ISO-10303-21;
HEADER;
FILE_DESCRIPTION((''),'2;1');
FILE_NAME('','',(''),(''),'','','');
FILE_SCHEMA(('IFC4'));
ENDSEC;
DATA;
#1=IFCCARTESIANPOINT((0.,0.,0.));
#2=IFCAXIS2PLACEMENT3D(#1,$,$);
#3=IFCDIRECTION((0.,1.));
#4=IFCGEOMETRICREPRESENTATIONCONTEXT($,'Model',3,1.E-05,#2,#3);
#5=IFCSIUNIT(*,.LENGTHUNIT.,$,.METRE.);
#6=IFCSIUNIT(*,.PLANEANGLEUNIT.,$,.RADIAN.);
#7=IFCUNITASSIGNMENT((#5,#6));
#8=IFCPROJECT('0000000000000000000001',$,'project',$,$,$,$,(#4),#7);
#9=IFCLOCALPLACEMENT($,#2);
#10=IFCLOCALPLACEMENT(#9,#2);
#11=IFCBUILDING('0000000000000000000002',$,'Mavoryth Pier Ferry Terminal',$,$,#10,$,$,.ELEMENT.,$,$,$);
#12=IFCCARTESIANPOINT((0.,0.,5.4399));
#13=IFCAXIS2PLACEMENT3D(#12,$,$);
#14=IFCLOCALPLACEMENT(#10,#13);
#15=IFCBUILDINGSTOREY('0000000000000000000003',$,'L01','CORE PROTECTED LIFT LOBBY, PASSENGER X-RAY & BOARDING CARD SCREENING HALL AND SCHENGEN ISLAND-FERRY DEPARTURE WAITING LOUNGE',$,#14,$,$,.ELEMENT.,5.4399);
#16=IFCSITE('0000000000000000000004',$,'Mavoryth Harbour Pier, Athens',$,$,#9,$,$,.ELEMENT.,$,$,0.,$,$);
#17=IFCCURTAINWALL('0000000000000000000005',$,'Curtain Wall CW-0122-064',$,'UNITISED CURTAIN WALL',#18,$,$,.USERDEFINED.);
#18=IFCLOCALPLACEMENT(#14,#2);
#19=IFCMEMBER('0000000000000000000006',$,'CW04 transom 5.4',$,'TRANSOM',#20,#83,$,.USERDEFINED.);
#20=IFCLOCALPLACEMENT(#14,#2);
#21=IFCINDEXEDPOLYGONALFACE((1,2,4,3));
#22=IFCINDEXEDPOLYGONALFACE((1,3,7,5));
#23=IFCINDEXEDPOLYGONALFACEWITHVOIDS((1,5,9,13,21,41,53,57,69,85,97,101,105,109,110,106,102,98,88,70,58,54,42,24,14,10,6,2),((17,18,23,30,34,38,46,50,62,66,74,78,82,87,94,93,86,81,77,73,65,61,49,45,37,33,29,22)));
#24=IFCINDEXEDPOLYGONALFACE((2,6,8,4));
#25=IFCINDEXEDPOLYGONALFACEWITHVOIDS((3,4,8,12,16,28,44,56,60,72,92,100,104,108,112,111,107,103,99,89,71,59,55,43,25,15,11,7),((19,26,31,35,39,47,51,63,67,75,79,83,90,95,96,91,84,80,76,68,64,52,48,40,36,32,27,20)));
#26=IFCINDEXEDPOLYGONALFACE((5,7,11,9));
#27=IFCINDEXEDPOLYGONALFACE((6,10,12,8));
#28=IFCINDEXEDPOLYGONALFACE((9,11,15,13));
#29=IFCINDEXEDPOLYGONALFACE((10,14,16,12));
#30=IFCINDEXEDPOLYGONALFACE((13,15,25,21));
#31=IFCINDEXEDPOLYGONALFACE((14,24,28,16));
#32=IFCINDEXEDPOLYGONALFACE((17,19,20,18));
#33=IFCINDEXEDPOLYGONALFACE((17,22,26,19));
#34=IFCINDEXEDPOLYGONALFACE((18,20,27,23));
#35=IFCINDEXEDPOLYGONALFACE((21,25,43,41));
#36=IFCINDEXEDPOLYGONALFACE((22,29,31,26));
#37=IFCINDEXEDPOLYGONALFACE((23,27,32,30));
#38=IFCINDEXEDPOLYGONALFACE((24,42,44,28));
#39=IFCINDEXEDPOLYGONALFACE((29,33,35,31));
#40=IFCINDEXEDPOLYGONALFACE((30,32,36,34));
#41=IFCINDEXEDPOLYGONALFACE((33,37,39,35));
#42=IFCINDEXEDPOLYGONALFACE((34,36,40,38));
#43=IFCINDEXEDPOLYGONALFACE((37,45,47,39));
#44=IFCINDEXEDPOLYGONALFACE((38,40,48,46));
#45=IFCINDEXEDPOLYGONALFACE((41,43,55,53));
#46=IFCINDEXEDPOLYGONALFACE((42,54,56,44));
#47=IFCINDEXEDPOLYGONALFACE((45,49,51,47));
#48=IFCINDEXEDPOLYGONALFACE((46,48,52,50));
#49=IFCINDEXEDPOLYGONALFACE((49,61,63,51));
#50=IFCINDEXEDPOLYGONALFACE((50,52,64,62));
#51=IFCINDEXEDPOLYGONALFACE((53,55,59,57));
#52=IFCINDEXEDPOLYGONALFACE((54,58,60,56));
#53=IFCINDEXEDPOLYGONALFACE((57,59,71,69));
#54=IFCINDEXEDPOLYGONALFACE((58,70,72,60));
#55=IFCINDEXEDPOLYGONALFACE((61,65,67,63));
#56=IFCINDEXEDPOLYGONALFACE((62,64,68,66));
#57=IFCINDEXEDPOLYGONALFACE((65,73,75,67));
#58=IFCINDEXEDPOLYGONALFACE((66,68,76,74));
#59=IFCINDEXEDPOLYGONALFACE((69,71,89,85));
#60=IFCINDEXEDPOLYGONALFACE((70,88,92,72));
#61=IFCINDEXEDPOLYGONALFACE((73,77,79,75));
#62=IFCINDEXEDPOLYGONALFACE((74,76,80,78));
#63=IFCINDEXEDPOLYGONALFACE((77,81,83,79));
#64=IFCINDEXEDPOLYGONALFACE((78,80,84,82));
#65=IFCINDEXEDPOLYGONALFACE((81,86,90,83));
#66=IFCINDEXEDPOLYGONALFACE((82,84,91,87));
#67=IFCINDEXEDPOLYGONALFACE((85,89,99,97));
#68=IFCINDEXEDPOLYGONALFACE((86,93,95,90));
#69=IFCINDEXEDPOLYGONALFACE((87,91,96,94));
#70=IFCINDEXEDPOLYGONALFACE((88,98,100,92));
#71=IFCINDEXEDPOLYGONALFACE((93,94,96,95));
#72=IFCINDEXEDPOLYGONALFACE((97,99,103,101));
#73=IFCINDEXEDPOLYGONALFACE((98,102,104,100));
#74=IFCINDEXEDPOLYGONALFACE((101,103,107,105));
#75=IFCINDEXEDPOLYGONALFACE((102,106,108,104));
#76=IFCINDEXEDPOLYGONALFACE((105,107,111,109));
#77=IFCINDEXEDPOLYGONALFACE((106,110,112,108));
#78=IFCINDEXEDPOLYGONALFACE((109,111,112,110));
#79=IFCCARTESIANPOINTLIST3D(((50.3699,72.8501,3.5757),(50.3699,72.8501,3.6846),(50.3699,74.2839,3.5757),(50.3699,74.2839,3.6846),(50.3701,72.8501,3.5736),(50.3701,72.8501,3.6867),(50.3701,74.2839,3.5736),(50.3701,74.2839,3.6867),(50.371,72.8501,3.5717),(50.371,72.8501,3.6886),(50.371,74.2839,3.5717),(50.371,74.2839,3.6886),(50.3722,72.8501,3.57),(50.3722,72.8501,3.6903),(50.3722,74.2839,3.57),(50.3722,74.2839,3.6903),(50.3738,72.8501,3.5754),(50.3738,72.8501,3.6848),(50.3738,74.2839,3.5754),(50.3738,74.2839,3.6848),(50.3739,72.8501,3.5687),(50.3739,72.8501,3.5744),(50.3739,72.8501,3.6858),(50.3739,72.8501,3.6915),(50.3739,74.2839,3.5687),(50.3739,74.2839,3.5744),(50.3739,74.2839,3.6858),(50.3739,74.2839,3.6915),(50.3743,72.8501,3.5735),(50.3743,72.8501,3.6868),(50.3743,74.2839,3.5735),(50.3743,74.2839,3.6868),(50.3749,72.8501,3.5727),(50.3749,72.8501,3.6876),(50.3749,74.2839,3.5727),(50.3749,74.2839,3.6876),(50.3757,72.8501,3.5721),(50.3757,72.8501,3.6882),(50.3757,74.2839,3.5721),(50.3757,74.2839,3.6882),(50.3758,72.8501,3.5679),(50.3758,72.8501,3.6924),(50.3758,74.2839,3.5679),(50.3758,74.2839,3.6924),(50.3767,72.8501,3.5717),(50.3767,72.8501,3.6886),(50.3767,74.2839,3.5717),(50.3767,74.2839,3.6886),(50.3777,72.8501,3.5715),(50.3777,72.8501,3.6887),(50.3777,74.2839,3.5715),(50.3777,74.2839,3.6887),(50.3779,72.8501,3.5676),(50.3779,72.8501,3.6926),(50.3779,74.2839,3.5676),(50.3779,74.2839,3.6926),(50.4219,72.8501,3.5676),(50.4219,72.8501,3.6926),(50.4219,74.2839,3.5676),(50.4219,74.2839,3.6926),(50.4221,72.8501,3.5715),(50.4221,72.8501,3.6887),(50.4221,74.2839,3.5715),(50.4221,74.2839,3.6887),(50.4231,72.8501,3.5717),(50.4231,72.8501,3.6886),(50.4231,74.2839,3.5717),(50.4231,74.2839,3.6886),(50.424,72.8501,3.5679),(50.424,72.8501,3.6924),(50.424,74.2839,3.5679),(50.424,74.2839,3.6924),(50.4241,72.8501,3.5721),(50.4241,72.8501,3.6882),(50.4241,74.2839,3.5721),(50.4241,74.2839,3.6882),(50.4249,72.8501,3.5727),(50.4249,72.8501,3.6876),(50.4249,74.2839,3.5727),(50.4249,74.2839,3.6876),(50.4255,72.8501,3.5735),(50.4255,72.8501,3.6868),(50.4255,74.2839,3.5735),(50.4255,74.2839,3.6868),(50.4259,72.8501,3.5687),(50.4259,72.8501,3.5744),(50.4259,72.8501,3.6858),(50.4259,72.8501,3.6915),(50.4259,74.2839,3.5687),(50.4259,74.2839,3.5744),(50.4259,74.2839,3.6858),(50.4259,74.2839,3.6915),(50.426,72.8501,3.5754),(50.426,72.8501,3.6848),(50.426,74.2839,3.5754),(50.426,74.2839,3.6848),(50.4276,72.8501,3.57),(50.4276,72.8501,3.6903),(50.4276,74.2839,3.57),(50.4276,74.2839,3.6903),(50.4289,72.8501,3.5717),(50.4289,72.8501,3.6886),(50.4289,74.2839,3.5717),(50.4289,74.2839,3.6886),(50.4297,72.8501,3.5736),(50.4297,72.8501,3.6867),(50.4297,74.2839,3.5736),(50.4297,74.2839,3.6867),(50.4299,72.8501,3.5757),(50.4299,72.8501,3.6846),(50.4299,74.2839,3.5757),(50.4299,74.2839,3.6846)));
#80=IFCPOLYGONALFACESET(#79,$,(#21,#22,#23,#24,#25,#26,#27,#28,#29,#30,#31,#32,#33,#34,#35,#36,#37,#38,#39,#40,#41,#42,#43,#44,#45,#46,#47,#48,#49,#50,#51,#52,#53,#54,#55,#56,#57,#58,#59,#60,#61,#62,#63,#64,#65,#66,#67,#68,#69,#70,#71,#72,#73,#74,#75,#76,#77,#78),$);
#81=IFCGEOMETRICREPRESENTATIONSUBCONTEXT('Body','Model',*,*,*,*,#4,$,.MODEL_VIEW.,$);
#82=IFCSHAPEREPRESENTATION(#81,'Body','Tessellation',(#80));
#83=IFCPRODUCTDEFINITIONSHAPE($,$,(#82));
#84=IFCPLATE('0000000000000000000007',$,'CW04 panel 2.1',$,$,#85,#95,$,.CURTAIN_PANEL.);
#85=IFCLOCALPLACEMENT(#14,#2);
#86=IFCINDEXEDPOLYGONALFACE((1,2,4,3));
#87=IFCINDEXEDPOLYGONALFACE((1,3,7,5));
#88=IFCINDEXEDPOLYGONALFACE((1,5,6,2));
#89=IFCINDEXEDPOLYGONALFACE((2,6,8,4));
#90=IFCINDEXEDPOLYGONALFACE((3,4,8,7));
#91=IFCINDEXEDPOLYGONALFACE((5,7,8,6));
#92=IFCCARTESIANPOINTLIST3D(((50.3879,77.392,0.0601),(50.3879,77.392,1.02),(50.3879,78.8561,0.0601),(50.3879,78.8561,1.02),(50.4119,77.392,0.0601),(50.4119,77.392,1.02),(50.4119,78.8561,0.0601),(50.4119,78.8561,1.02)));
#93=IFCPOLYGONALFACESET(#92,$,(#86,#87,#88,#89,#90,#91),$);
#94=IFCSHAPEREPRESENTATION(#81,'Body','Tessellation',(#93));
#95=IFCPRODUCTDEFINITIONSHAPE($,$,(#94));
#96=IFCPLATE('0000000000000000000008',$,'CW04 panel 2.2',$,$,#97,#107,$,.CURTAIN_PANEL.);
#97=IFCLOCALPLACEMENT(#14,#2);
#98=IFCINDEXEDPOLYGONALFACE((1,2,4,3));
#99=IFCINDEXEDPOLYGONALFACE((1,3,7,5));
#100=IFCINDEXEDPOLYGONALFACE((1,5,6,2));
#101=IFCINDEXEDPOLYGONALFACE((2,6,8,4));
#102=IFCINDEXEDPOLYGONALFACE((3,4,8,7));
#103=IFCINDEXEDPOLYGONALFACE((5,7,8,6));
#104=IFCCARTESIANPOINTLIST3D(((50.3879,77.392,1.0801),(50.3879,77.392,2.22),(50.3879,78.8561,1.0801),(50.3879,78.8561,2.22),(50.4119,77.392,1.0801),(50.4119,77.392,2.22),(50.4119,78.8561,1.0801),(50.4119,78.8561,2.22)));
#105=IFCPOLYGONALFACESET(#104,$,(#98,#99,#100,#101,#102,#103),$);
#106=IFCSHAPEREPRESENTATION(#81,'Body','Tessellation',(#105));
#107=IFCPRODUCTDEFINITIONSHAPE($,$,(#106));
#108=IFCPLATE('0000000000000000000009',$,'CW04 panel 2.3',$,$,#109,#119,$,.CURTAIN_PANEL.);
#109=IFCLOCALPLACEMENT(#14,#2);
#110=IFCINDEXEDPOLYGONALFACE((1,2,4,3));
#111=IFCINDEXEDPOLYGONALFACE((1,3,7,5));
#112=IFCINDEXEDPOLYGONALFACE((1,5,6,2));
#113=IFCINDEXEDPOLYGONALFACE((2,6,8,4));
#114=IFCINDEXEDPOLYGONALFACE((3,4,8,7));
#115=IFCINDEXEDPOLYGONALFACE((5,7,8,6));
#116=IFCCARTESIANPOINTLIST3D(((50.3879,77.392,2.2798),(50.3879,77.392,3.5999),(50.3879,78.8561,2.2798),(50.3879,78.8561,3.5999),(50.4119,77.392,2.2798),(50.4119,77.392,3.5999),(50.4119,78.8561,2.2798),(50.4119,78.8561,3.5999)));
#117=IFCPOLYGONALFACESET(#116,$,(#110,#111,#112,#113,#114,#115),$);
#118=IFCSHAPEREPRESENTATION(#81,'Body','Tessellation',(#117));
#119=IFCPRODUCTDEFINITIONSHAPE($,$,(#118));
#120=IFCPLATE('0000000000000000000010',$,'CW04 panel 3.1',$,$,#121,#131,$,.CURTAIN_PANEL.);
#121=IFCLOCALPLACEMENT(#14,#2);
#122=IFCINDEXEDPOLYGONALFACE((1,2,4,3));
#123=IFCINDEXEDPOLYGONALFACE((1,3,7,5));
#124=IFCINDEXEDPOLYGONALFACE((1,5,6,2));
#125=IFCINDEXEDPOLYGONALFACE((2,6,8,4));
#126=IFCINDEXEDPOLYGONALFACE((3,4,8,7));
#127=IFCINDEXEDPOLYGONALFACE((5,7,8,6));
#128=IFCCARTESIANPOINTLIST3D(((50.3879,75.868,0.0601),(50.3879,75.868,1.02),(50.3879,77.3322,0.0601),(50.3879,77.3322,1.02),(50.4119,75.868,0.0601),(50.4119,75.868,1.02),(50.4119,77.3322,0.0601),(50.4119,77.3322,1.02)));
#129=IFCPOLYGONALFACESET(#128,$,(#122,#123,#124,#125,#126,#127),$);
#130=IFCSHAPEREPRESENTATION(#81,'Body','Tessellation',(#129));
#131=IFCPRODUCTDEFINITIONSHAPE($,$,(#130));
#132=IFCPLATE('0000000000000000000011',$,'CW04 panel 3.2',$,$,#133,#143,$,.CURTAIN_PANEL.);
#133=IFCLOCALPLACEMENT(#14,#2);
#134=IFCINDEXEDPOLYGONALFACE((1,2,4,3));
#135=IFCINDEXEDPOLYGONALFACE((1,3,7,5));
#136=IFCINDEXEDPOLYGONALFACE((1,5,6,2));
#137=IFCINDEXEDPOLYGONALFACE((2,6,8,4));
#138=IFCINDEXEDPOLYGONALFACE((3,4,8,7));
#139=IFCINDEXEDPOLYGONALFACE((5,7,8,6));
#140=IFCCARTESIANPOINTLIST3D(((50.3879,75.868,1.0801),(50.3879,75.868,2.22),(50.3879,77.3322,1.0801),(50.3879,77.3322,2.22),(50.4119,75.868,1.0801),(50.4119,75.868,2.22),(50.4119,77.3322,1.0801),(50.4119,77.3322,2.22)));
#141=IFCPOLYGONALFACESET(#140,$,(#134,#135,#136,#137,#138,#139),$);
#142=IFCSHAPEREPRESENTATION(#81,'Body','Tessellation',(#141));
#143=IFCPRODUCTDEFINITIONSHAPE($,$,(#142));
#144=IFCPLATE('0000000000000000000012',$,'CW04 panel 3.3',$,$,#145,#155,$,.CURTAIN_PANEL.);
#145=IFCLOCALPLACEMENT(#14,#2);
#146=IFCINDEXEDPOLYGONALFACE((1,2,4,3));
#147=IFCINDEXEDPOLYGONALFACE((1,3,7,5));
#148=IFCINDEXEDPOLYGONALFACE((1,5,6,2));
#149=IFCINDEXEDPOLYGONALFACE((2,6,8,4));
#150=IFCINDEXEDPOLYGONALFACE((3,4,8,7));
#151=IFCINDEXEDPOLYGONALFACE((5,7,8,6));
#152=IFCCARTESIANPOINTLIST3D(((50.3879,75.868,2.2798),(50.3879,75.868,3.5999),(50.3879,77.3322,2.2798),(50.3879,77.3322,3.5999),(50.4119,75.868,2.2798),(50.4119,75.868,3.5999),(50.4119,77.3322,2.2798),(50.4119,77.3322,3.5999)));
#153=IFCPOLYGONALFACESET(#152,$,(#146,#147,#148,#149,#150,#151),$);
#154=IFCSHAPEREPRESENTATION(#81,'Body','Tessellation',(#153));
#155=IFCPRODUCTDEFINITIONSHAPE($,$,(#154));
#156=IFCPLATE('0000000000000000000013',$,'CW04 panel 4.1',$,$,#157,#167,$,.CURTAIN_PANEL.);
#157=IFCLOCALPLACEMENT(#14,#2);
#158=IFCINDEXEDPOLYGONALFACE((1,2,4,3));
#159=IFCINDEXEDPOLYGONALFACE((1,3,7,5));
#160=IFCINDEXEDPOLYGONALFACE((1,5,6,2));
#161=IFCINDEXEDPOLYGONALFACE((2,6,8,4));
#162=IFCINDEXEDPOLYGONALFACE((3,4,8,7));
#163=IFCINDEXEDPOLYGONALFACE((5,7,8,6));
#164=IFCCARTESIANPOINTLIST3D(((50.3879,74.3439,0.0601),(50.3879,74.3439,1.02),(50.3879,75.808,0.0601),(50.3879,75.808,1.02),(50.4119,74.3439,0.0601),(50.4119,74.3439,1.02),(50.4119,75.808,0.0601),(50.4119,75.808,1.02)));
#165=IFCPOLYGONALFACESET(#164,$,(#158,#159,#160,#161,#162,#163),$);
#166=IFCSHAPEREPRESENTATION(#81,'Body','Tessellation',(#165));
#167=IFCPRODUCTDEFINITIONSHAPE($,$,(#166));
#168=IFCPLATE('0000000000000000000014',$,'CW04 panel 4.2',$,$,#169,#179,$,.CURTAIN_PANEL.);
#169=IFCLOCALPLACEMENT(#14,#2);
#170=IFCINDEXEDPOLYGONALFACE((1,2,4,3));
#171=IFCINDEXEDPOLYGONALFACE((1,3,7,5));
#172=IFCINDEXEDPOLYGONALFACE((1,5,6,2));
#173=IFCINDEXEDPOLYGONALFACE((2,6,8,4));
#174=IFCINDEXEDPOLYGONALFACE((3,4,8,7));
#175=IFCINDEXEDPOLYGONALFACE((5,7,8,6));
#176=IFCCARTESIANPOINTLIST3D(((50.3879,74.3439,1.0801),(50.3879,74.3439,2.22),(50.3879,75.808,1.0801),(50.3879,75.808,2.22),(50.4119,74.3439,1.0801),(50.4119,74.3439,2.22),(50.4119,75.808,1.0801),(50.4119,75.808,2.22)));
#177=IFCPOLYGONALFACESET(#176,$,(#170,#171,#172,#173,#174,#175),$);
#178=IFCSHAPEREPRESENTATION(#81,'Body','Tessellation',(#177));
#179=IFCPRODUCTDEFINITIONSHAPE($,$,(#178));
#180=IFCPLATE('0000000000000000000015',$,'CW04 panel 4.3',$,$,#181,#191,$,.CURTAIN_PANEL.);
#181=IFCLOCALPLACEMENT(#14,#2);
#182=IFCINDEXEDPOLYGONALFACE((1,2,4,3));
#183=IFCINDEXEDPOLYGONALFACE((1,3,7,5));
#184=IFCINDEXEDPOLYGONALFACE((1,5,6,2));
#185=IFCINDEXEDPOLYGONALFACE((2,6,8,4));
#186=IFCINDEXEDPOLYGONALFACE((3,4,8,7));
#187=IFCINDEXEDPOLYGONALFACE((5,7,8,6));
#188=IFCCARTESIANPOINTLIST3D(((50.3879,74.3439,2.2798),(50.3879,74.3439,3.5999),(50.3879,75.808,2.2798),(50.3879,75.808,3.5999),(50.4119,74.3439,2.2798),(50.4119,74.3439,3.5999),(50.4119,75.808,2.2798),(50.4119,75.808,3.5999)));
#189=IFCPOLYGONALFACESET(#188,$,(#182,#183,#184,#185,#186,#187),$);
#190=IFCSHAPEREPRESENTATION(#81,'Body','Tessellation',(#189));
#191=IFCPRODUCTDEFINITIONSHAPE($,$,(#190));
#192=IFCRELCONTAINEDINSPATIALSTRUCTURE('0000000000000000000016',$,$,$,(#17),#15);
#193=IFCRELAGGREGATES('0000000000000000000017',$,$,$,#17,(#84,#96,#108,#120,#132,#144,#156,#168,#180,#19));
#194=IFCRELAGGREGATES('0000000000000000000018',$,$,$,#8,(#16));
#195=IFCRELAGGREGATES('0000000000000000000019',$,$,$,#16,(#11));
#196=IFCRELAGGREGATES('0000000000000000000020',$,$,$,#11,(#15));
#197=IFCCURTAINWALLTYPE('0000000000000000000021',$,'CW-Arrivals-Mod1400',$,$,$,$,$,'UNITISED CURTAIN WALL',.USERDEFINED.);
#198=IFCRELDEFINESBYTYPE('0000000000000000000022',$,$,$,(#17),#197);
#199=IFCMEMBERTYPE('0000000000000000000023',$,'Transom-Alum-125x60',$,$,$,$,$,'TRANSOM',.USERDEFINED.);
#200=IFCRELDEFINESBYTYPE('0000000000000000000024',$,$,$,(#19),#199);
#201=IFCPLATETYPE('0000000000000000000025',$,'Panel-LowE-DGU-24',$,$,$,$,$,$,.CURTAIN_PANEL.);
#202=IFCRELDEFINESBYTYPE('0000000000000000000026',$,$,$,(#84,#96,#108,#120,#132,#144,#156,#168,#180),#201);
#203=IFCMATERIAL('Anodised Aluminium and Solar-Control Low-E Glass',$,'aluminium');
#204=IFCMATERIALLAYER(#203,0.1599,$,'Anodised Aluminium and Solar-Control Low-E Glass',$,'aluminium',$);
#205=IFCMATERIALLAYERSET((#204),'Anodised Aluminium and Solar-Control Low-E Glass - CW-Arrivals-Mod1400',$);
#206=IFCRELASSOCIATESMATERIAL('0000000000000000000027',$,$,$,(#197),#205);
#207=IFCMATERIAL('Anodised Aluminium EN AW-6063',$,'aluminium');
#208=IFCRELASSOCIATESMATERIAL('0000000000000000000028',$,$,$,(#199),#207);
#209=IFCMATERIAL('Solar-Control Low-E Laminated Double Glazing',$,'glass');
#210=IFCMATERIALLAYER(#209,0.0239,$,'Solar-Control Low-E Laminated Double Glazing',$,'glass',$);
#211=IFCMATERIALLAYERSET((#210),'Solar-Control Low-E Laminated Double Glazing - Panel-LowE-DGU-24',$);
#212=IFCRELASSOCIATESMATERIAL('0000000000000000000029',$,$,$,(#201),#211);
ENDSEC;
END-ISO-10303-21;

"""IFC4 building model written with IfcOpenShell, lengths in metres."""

from ifc_helpers import new_model, si_unit, direction, frame, origin, origin_2d, place, context, subcontext, project, spatial, rectangle, hollow_rectangle, extrude, material, layer, layer_set, material_profile, profile_set, type_object, element, aggregate, save


model = new_model("IFC4")

# Units and contexts
model_context = context("Model", 3, precision=1e-05, world=origin(), true_north=direction((0.0, 1.0)))
body_context = subcontext(model_context, "Body", "Model", "MODEL_VIEW")
ifc_project = project(units=[si_unit("LENGTHUNIT", "METRE"), si_unit("PLANEANGLEUNIT", "RADIAN")], contexts=[model_context])

# Site, building, storey
site_placement = place(None, origin())
site = spatial("IfcSite", under=ifc_project, at=site_placement, Name="Mavoryth Harbour Pier, Athens", CompositionType="ELEMENT", RefElevation=0.0)
building_placement = place(site_placement, origin())
building = spatial("IfcBuilding", under=site, at=building_placement, Name="Mavoryth Pier Ferry Terminal", CompositionType="ELEMENT")
storey_placement = place(building_placement, frame((0.0, 0.0, 5.4399)))
storey = spatial("IfcBuildingStorey", under=building, at=storey_placement, Name="L01", Description="CORE PROTECTED LIFT LOBBY, PASSENGER X-RAY & BOARDING CARD SCREENING HALL AND SCHENGEN ISLAND-FERRY DEPARTURE WAITING LOUNGE", CompositionType="ELEMENT", Elevation=5.4399)

# Curtain wall, member, plates
ifc_material_1 = material(Name="Anodised Aluminium and Solar-Control Low-E Glass", Category="aluminium")
ifc_layer_1 = layer(ifc_material_1, 0.1599, Name="Anodised Aluminium and Solar-Control Low-E Glass", Category="aluminium")
ifc_layer_set_1 = layer_set([ifc_layer_1], Name="Anodised Aluminium and Solar-Control Low-E Glass - CW-Arrivals-Mod1400")
curtain_wall_type = type_object("IfcCurtainWallType", Name="CW-Arrivals-Mod1400", ElementType="UNITISED CURTAIN WALL", PredefinedType="USERDEFINED", material=ifc_layer_set_1)
curtain_wall_placement = place(storey_placement, origin())
curtain_wall = element("IfcCurtainWall", 1, at=curtain_wall_placement, inside=storey, type_object=curtain_wall_type, Name="Curtain Wall CW-0122-064", ObjectType="UNITISED CURTAIN WALL", PredefinedType="USERDEFINED")
ifc_material_2 = material(Name="Anodised Aluminium EN AW-6063", Category="aluminium")
ifc_material_profile_1 = material_profile(ifc_material_2, hollow_rectangle(XDim=0.0601, YDim=0.125, WallThickness=0.0039, InnerFilletRadius=0.0039, OuterFilletRadius=0.0081, at=origin_2d()), Name="AL-TRAN 125x60x4", Category="aluminium")
ifc_profile_set_1 = profile_set([ifc_material_profile_1], Name="Anodised Aluminium EN AW-6063 - AL-TRAN 125x60x4")
member_type_1 = type_object("IfcMemberType", Name="Transom-Alum-125x60", ElementType="TRANSOM", PredefinedType="USERDEFINED", material=ifc_profile_set_1)
member_1_placement = place(storey_placement, frame((50.3999, 74.2839, 3.6301), z_axis=(0.0, -1.0, 0.0), x_axis=(1.0, 0.0, 0.0)))
member_1 = element("IfcMember", 2, at=member_1_placement, type_object=member_type_1, Name="CW04 transom 5.4", ObjectType="TRANSOM", PredefinedType="USERDEFINED", context=body_context, shape_type="SweptSolid", body=[
    extrude(hollow_rectangle(XDim=0.0601, YDim=0.125, WallThickness=0.0039, InnerFilletRadius=0.0039, OuterFilletRadius=0.0081, at=origin_2d()), origin(), (0.0, 0.0, 1.0), 1.4338),
])
ifc_material_3 = material(Name="Solar-Control Low-E Laminated Double Glazing", Category="glass")
ifc_layer_2 = layer(ifc_material_3, 0.0239, Name="Solar-Control Low-E Laminated Double Glazing", Category="glass")
ifc_layer_set_2 = layer_set([ifc_layer_2], Name="Solar-Control Low-E Laminated Double Glazing - Panel-LowE-DGU-24")
plate_type = type_object("IfcPlateType", Name="Panel-LowE-DGU-24", PredefinedType="CURTAIN_PANEL", material=ifc_layer_set_2)
plate_1_placement = place(storey_placement, frame((50.3999, 78.124, 0.0601), z_axis=(0.0, 0.0, 1.0), x_axis=(0.0, -1.0, 0.0)))
plate_1 = element("IfcPlate", 3, at=plate_1_placement, type_object=plate_type, Name="CW04 panel 2.1", PredefinedType="CURTAIN_PANEL", context=body_context, shape_type="SweptSolid", body=[
    extrude(rectangle(XDim=1.4641, YDim=0.0239, at=origin_2d()), origin(), (0.0, 0.0, 1.0), 0.96),
])
plate_2_placement = place(storey_placement, frame((50.3999, 78.124, 1.0801), z_axis=(0.0, 0.0, 1.0), x_axis=(0.0, -1.0, 0.0)))
plate_2 = element("IfcPlate", 4, at=plate_2_placement, type_object=plate_type, Name="CW04 panel 2.2", PredefinedType="CURTAIN_PANEL", context=body_context, shape_type="SweptSolid", body=[
    extrude(rectangle(XDim=1.4641, YDim=0.0239, at=origin_2d()), origin(), (0.0, 0.0, 1.0), 1.1399),
])
plate_3_placement = place(storey_placement, frame((50.3999, 78.124, 2.2798), z_axis=(0.0, 0.0, 1.0), x_axis=(0.0, -1.0, 0.0)))
plate_3 = element("IfcPlate", 5, at=plate_3_placement, type_object=plate_type, Name="CW04 panel 2.3", PredefinedType="CURTAIN_PANEL", context=body_context, shape_type="SweptSolid", body=[
    extrude(rectangle(XDim=1.4641, YDim=0.0239, at=origin_2d()), origin(), (0.0, 0.0, 1.0), 1.3201),
])
plate_4_placement = place(storey_placement, frame((50.3999, 76.6001, 0.0601), z_axis=(0.0, 0.0, 1.0), x_axis=(0.0, -1.0, 0.0)))
plate_4 = element("IfcPlate", 6, at=plate_4_placement, type_object=plate_type, Name="CW04 panel 3.1", PredefinedType="CURTAIN_PANEL", context=body_context, shape_type="SweptSolid", body=[
    extrude(rectangle(XDim=1.4641, YDim=0.0239, at=origin_2d()), origin(), (0.0, 0.0, 1.0), 0.96),
])
plate_5_placement = place(storey_placement, frame((50.3999, 76.6001, 1.0801), z_axis=(0.0, 0.0, 1.0), x_axis=(0.0, -1.0, 0.0)))
plate_5 = element("IfcPlate", 7, at=plate_5_placement, type_object=plate_type, Name="CW04 panel 3.2", PredefinedType="CURTAIN_PANEL", context=body_context, shape_type="SweptSolid", body=[
    extrude(rectangle(XDim=1.4641, YDim=0.0239, at=origin_2d()), origin(), (0.0, 0.0, 1.0), 1.1399),
])
plate_6_placement = place(storey_placement, frame((50.3999, 76.6001, 2.2798), z_axis=(0.0, 0.0, 1.0), x_axis=(0.0, -1.0, 0.0)))
plate_6 = element("IfcPlate", 8, at=plate_6_placement, type_object=plate_type, Name="CW04 panel 3.3", PredefinedType="CURTAIN_PANEL", context=body_context, shape_type="SweptSolid", body=[
    extrude(rectangle(XDim=1.4641, YDim=0.0239, at=origin_2d()), origin(), (0.0, 0.0, 1.0), 1.3201),
])
plate_7_placement = place(storey_placement, frame((50.3999, 75.0759, 0.0601), z_axis=(0.0, 0.0, 1.0), x_axis=(0.0, -1.0, 0.0)))
plate_7 = element("IfcPlate", 9, at=plate_7_placement, type_object=plate_type, Name="CW04 panel 4.1", PredefinedType="CURTAIN_PANEL", context=body_context, shape_type="SweptSolid", body=[
    extrude(rectangle(XDim=1.4641, YDim=0.0239, at=origin_2d()), origin(), (0.0, 0.0, 1.0), 0.96),
])
plate_8_placement = place(storey_placement, frame((50.3999, 75.0759, 1.0801), z_axis=(0.0, 0.0, 1.0), x_axis=(0.0, -1.0, 0.0)))
plate_8 = element("IfcPlate", 10, at=plate_8_placement, type_object=plate_type, Name="CW04 panel 4.2", PredefinedType="CURTAIN_PANEL", context=body_context, shape_type="SweptSolid", body=[
    extrude(rectangle(XDim=1.4641, YDim=0.0239, at=origin_2d()), origin(), (0.0, 0.0, 1.0), 1.1399),
])
plate_9_placement = place(storey_placement, frame((50.3999, 75.0759, 2.2798), z_axis=(0.0, 0.0, 1.0), x_axis=(0.0, -1.0, 0.0)))
plate_9 = element("IfcPlate", 11, at=plate_9_placement, type_object=plate_type, Name="CW04 panel 4.3", PredefinedType="CURTAIN_PANEL", context=body_context, shape_type="SweptSolid", body=[
    extrude(rectangle(XDim=1.4641, YDim=0.0239, at=origin_2d()), origin(), (0.0, 0.0, 1.0), 1.3201),
])
aggregate(curtain_wall, [plate_1, plate_2, plate_3, plate_4, plate_5, plate_6, plate_7, plate_8, plate_9, member_1])

save(model, "model.ifc")
